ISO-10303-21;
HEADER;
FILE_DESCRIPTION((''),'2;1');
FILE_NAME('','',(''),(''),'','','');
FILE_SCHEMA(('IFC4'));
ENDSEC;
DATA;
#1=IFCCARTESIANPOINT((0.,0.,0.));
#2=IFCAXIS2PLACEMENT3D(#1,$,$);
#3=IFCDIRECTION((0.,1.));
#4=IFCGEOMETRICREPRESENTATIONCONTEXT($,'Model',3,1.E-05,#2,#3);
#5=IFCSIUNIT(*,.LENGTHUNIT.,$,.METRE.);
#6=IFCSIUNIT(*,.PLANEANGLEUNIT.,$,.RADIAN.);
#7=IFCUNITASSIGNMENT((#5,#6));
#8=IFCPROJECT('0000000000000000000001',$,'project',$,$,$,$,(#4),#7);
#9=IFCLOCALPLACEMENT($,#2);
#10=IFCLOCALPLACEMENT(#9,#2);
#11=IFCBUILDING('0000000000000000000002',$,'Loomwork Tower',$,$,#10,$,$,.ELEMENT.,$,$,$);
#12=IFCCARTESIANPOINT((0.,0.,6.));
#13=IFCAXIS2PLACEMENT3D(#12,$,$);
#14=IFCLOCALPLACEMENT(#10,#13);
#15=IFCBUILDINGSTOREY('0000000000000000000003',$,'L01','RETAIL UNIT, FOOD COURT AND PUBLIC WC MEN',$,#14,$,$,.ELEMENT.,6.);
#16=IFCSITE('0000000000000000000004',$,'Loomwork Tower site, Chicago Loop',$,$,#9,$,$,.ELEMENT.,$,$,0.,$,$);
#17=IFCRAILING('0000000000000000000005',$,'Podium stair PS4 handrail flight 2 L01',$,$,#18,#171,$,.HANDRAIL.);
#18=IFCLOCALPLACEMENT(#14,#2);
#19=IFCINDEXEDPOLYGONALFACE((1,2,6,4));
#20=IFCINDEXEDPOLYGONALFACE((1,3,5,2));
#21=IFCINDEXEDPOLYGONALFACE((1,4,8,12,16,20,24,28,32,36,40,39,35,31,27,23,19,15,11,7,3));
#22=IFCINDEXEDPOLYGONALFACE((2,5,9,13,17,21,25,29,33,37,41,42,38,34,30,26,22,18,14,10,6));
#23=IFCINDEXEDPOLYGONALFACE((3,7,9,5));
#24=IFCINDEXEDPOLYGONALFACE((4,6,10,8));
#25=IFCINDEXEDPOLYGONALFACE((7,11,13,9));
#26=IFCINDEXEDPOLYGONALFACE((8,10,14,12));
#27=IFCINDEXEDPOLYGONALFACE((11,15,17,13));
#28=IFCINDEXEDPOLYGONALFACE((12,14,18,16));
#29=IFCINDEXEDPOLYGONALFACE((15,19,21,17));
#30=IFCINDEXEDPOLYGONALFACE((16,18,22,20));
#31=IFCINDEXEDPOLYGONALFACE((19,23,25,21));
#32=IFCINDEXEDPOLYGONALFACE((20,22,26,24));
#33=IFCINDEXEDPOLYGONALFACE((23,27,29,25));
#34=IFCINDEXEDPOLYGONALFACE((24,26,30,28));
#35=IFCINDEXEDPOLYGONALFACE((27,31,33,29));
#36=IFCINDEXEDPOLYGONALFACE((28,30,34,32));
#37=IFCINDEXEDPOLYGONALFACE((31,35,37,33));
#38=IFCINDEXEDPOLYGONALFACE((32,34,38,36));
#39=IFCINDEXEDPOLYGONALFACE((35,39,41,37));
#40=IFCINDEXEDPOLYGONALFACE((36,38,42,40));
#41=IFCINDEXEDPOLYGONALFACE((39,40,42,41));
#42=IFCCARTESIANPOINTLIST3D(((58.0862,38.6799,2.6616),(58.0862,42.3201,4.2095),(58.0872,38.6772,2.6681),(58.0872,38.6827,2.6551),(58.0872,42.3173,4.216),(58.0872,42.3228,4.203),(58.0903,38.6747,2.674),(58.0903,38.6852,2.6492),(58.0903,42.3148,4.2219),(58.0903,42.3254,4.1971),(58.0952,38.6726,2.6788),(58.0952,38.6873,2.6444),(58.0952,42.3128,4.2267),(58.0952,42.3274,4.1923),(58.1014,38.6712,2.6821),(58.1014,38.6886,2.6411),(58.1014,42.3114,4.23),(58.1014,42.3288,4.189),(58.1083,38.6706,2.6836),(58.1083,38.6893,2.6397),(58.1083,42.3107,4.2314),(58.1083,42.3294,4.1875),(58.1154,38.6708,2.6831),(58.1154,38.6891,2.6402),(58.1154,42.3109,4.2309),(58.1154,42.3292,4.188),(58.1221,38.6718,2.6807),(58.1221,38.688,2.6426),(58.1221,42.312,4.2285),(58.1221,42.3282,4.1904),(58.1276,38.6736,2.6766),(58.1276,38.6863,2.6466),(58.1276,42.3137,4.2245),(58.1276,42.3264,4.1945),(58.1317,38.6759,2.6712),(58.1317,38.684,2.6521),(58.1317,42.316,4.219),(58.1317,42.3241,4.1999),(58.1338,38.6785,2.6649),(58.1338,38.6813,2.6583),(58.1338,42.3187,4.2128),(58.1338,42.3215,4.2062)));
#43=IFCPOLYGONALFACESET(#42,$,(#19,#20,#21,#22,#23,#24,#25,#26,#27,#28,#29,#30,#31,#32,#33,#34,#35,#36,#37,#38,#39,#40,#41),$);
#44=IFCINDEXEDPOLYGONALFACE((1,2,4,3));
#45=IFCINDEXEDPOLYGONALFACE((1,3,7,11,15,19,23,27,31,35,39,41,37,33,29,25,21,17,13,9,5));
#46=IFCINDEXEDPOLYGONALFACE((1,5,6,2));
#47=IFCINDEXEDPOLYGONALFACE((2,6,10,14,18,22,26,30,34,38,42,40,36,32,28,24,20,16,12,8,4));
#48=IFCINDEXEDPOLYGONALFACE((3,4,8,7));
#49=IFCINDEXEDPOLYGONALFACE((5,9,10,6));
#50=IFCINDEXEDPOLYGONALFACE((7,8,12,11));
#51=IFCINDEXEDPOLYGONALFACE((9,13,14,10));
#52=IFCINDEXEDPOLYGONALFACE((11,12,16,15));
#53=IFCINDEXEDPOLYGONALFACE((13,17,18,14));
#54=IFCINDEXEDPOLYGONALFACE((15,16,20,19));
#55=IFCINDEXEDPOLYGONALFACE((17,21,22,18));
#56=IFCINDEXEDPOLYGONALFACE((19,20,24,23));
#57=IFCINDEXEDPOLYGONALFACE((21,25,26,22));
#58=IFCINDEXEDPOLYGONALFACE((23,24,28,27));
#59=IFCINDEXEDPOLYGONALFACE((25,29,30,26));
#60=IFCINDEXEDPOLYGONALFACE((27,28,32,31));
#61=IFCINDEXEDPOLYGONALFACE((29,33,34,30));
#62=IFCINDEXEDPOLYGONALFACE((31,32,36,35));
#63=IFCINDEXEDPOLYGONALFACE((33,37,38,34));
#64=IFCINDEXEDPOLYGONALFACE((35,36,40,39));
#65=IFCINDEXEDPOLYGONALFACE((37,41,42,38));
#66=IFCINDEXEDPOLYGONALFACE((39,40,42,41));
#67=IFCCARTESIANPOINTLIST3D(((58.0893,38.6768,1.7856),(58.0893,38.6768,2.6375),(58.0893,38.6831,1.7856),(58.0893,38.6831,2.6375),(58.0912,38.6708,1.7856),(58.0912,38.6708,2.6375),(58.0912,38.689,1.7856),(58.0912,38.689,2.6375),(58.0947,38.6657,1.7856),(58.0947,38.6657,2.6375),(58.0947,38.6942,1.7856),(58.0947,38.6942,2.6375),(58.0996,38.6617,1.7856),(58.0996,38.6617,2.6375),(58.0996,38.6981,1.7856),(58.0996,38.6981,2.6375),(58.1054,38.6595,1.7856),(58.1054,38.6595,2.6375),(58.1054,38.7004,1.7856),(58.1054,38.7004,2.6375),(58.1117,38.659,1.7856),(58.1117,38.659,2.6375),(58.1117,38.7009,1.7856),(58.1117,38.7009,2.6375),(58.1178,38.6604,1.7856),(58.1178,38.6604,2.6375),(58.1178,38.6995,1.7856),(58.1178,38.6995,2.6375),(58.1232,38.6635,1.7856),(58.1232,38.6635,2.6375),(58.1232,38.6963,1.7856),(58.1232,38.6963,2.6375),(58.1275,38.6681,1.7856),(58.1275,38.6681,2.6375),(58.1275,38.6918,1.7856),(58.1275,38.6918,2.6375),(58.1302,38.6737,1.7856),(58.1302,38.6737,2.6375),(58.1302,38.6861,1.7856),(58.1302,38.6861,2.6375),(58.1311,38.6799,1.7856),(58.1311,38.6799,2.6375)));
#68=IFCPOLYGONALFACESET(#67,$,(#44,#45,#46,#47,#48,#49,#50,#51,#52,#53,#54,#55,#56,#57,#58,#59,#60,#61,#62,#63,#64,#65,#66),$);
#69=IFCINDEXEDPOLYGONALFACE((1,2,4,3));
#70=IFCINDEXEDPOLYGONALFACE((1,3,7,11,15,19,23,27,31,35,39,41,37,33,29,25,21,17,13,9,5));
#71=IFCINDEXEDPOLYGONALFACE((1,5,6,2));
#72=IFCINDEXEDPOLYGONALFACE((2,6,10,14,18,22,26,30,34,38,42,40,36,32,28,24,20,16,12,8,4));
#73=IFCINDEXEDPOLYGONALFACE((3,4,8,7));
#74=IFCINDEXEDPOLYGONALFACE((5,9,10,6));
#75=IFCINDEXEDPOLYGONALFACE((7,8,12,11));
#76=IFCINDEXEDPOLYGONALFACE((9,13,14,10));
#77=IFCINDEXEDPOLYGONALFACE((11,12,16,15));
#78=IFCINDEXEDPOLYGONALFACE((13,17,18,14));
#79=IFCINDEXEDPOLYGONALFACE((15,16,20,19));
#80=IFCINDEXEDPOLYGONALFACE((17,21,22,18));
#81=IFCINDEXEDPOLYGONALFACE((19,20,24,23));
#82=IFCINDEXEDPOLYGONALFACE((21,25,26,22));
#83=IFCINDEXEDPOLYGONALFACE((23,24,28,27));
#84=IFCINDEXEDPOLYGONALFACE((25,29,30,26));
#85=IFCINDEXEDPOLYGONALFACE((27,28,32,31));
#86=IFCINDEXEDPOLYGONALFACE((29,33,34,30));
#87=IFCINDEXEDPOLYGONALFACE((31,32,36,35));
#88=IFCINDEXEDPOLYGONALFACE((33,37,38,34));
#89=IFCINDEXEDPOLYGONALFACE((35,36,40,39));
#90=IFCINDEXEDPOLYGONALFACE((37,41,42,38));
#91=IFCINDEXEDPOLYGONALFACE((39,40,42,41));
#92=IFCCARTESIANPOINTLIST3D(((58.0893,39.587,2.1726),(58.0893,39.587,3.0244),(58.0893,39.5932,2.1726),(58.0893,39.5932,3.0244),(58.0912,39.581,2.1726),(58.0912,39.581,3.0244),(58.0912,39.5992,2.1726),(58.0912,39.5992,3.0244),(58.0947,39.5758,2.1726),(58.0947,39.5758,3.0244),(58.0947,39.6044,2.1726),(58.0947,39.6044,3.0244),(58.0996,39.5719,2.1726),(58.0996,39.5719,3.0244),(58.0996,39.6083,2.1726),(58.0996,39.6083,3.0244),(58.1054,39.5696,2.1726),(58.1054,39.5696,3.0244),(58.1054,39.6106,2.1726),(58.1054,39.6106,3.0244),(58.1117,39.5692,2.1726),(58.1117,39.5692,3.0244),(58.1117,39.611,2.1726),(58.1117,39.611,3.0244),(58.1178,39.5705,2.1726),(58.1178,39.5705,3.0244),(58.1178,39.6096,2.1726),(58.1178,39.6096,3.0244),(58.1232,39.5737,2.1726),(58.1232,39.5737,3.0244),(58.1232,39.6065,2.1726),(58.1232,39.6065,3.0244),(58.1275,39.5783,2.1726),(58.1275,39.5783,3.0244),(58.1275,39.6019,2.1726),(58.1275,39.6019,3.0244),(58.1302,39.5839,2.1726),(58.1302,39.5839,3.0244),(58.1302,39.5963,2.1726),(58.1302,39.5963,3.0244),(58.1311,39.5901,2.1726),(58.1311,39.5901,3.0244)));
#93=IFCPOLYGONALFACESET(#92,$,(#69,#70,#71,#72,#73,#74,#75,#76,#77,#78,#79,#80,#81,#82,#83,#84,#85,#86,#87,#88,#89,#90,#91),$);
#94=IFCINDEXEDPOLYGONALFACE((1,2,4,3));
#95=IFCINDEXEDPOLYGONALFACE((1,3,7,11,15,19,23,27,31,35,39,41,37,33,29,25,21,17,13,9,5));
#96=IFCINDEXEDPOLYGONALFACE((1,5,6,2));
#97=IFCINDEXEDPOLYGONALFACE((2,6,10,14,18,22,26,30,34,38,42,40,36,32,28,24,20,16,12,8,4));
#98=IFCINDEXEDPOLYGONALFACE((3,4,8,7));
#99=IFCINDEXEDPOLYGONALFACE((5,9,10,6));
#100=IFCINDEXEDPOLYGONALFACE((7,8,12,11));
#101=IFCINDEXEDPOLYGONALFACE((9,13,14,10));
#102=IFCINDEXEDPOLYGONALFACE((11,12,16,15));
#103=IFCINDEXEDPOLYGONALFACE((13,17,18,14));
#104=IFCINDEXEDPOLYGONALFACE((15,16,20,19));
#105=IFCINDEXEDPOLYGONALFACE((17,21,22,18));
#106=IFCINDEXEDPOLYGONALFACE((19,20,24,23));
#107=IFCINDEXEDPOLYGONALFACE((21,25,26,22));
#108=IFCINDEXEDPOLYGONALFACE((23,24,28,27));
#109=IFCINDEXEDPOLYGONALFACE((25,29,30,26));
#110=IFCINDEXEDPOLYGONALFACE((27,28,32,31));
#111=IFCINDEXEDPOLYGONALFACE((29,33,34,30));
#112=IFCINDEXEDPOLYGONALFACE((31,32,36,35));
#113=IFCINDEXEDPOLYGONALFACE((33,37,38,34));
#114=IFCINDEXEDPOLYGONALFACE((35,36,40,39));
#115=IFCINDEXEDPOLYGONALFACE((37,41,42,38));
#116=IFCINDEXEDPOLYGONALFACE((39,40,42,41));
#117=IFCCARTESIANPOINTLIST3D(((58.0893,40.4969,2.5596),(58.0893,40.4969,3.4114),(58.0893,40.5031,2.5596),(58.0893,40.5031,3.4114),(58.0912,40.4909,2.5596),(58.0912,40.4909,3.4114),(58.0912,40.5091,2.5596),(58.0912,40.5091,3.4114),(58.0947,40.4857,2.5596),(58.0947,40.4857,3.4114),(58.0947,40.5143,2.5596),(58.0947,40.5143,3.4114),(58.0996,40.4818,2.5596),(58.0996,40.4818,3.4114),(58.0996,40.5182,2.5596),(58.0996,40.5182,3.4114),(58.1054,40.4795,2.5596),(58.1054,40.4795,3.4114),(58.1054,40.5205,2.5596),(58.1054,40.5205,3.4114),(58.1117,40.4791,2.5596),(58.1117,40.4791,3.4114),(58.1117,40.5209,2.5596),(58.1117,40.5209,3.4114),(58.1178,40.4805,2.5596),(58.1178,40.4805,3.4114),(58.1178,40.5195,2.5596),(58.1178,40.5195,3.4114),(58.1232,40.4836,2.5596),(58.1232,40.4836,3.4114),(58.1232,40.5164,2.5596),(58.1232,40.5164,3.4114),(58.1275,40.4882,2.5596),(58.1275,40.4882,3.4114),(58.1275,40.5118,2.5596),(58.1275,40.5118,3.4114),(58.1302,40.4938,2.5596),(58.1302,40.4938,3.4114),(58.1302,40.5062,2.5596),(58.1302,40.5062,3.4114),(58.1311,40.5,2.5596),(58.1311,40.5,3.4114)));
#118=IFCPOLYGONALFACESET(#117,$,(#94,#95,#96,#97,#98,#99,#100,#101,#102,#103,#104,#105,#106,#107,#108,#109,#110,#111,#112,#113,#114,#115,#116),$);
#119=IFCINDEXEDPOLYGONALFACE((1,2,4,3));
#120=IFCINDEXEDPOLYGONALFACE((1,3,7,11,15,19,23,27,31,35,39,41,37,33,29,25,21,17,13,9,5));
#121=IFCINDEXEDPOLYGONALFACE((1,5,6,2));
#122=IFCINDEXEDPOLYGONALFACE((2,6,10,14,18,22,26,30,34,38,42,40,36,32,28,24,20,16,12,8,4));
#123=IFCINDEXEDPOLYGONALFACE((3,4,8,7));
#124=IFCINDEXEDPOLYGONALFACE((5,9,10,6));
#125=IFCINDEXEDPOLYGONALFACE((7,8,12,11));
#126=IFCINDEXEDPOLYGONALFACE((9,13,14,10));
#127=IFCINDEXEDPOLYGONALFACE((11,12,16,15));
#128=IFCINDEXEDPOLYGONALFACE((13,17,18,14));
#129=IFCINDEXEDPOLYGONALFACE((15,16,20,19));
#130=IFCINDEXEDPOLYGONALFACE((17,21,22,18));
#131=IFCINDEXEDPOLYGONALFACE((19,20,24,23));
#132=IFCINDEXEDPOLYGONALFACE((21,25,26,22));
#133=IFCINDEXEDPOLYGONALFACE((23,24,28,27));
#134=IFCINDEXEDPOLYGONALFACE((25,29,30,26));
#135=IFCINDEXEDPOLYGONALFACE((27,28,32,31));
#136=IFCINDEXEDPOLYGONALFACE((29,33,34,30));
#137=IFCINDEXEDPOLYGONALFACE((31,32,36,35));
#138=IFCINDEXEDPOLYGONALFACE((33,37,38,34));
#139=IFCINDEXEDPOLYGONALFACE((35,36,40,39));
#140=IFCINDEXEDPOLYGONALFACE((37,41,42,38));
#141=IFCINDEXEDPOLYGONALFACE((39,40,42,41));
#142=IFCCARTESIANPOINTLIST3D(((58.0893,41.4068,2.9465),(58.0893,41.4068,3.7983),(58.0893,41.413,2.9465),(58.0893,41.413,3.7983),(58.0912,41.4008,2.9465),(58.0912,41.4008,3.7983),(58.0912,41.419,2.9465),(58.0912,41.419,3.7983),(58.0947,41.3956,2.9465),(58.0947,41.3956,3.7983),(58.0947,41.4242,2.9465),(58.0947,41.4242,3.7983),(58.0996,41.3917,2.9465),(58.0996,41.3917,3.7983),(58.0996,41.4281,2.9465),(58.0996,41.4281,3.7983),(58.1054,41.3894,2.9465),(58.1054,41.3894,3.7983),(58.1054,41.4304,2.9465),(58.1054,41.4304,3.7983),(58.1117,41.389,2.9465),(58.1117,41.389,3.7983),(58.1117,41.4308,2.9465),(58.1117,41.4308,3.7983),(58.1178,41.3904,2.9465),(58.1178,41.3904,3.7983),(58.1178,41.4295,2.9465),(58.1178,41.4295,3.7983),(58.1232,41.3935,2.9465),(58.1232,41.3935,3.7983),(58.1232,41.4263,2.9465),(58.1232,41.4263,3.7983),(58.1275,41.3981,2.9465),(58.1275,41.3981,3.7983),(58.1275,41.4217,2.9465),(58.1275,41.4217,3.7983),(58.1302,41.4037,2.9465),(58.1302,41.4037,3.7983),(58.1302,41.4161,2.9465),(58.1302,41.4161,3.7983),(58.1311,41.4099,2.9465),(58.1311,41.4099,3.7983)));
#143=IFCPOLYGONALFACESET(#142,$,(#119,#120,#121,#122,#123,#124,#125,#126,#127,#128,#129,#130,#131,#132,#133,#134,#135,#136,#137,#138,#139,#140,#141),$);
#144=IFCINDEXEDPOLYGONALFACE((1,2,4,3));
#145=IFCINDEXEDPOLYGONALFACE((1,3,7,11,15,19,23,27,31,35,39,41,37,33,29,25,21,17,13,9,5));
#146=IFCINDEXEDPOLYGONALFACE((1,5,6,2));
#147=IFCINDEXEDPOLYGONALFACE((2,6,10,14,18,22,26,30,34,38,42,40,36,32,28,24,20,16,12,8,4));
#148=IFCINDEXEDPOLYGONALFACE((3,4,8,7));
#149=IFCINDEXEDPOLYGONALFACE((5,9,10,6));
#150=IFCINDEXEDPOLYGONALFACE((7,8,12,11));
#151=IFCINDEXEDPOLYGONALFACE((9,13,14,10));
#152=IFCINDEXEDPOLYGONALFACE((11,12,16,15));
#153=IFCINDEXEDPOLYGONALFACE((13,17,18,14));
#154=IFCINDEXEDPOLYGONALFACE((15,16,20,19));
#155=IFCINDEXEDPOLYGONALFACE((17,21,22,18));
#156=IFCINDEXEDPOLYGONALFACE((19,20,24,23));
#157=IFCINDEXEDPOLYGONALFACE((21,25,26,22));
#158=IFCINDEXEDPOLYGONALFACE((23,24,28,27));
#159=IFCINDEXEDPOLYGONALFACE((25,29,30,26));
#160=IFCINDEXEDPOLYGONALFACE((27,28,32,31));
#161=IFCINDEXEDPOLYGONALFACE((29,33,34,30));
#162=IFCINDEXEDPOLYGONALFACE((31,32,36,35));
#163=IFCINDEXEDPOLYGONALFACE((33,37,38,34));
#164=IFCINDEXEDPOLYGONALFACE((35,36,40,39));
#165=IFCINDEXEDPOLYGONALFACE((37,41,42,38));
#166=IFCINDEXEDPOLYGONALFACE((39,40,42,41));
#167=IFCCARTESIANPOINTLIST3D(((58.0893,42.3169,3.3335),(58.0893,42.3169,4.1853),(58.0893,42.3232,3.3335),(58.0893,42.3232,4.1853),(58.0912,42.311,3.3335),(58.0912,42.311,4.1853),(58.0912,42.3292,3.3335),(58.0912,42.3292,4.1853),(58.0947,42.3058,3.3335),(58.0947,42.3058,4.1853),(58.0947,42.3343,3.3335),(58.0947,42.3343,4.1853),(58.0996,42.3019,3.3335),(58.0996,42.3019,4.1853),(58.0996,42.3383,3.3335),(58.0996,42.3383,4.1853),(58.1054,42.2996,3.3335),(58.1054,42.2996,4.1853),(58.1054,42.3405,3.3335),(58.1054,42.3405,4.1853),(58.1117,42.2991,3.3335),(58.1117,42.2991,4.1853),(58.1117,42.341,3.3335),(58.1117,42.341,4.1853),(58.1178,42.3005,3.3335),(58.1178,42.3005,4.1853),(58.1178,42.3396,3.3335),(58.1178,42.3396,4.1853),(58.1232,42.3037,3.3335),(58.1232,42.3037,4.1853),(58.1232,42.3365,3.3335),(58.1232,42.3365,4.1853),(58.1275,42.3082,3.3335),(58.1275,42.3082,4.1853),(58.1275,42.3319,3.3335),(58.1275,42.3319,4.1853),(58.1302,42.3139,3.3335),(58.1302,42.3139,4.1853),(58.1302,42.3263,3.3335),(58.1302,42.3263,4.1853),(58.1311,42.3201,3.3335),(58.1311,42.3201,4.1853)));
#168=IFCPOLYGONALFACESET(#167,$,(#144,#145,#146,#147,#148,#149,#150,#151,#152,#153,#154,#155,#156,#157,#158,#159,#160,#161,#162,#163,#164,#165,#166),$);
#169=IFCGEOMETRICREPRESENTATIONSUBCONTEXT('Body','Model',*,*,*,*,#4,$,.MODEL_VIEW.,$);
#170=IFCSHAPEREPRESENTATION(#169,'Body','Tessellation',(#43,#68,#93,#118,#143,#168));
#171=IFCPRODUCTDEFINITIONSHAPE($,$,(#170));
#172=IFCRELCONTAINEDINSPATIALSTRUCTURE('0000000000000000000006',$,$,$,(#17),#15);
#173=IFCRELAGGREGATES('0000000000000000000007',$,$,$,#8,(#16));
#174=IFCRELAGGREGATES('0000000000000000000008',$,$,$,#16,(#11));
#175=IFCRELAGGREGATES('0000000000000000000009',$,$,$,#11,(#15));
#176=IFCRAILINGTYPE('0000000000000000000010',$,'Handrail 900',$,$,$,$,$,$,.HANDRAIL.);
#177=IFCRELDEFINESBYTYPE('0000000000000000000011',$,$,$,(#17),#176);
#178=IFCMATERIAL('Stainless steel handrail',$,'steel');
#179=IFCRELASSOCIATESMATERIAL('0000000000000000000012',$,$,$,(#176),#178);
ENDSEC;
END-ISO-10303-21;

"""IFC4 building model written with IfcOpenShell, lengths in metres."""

from ifc_helpers import new_model, si_unit, direction, frame, origin, origin_2d, place, context, subcontext, project, spatial, circle, extrude, material, type_object, element, save


model = new_model("IFC4")

# Units and contexts
model_context = context("Model", 3, precision=1e-05, world=origin(), true_north=direction((0.0, 1.0)))
body_context = subcontext(model_context, "Body", "Model", "MODEL_VIEW")
ifc_project = project(units=[si_unit("LENGTHUNIT", "METRE"), si_unit("PLANEANGLEUNIT", "RADIAN")], contexts=[model_context])

# Site, building, storey
site_placement = place(None, origin())
site = spatial("IfcSite", under=ifc_project, at=site_placement, Name="Loomwork Tower site, Chicago Loop", CompositionType="ELEMENT", RefElevation=0.0)
building_placement = place(site_placement, origin())
building = spatial("IfcBuilding", under=site, at=building_placement, Name="Loomwork Tower", CompositionType="ELEMENT")
storey_placement = place(building_placement, frame((0.0, 0.0, 6.0)))
storey = spatial("IfcBuildingStorey", under=building, at=storey_placement, Name="L01", Description="RETAIL UNIT, FOOD COURT AND PUBLIC WC MEN", CompositionType="ELEMENT", Elevation=6.0)

# Railing
ifc_material_1 = material(Name="Stainless steel handrail", Category="steel")
railing_type = type_object("IfcRailingType", Name="Handrail 900", PredefinedType="HANDRAIL", material=ifc_material_1)
railing_1_placement = place(storey_placement, frame((58.1101, 38.6799, 1.7856)))
element("IfcRailing", 1, at=railing_1_placement, inside=storey, type_object=railing_type, Name="Podium stair PS4 handrail flight 2 L01", PredefinedType="HANDRAIL", context=body_context, shape_type="SweptSolid", body=[
    extrude(circle(Radius=0.0239, at=origin_2d()), frame((0.0, 0.0, 0.876), z_axis=(0.0, 0.920259, 0.391311), x_axis=(-1.0, 0.0, 0.0)), (0.0, 0.0, 1.0), 3.9556),
    extrude(circle(Radius=0.021, at=origin_2d()), origin(), (0.0, 0.0, 1.0), 0.8518),
    extrude(circle(Radius=0.021, at=origin_2d()), frame((0.0, 0.9102, 0.387)), (0.0, 0.0, 1.0), 0.8518),
    extrude(circle(Radius=0.021, at=origin_2d()), frame((0.0, 1.8201, 0.7739)), (0.0, 0.0, 1.0), 0.8518),
    extrude(circle(Radius=0.021, at=origin_2d()), frame((0.0, 2.73, 1.1609)), (0.0, 0.0, 1.0), 0.8518),
    extrude(circle(Radius=0.021, at=origin_2d()), frame((0.0, 3.6401, 1.5479)), (0.0, 0.0, 1.0), 0.8518),
])

save(model, "model.ifc")
